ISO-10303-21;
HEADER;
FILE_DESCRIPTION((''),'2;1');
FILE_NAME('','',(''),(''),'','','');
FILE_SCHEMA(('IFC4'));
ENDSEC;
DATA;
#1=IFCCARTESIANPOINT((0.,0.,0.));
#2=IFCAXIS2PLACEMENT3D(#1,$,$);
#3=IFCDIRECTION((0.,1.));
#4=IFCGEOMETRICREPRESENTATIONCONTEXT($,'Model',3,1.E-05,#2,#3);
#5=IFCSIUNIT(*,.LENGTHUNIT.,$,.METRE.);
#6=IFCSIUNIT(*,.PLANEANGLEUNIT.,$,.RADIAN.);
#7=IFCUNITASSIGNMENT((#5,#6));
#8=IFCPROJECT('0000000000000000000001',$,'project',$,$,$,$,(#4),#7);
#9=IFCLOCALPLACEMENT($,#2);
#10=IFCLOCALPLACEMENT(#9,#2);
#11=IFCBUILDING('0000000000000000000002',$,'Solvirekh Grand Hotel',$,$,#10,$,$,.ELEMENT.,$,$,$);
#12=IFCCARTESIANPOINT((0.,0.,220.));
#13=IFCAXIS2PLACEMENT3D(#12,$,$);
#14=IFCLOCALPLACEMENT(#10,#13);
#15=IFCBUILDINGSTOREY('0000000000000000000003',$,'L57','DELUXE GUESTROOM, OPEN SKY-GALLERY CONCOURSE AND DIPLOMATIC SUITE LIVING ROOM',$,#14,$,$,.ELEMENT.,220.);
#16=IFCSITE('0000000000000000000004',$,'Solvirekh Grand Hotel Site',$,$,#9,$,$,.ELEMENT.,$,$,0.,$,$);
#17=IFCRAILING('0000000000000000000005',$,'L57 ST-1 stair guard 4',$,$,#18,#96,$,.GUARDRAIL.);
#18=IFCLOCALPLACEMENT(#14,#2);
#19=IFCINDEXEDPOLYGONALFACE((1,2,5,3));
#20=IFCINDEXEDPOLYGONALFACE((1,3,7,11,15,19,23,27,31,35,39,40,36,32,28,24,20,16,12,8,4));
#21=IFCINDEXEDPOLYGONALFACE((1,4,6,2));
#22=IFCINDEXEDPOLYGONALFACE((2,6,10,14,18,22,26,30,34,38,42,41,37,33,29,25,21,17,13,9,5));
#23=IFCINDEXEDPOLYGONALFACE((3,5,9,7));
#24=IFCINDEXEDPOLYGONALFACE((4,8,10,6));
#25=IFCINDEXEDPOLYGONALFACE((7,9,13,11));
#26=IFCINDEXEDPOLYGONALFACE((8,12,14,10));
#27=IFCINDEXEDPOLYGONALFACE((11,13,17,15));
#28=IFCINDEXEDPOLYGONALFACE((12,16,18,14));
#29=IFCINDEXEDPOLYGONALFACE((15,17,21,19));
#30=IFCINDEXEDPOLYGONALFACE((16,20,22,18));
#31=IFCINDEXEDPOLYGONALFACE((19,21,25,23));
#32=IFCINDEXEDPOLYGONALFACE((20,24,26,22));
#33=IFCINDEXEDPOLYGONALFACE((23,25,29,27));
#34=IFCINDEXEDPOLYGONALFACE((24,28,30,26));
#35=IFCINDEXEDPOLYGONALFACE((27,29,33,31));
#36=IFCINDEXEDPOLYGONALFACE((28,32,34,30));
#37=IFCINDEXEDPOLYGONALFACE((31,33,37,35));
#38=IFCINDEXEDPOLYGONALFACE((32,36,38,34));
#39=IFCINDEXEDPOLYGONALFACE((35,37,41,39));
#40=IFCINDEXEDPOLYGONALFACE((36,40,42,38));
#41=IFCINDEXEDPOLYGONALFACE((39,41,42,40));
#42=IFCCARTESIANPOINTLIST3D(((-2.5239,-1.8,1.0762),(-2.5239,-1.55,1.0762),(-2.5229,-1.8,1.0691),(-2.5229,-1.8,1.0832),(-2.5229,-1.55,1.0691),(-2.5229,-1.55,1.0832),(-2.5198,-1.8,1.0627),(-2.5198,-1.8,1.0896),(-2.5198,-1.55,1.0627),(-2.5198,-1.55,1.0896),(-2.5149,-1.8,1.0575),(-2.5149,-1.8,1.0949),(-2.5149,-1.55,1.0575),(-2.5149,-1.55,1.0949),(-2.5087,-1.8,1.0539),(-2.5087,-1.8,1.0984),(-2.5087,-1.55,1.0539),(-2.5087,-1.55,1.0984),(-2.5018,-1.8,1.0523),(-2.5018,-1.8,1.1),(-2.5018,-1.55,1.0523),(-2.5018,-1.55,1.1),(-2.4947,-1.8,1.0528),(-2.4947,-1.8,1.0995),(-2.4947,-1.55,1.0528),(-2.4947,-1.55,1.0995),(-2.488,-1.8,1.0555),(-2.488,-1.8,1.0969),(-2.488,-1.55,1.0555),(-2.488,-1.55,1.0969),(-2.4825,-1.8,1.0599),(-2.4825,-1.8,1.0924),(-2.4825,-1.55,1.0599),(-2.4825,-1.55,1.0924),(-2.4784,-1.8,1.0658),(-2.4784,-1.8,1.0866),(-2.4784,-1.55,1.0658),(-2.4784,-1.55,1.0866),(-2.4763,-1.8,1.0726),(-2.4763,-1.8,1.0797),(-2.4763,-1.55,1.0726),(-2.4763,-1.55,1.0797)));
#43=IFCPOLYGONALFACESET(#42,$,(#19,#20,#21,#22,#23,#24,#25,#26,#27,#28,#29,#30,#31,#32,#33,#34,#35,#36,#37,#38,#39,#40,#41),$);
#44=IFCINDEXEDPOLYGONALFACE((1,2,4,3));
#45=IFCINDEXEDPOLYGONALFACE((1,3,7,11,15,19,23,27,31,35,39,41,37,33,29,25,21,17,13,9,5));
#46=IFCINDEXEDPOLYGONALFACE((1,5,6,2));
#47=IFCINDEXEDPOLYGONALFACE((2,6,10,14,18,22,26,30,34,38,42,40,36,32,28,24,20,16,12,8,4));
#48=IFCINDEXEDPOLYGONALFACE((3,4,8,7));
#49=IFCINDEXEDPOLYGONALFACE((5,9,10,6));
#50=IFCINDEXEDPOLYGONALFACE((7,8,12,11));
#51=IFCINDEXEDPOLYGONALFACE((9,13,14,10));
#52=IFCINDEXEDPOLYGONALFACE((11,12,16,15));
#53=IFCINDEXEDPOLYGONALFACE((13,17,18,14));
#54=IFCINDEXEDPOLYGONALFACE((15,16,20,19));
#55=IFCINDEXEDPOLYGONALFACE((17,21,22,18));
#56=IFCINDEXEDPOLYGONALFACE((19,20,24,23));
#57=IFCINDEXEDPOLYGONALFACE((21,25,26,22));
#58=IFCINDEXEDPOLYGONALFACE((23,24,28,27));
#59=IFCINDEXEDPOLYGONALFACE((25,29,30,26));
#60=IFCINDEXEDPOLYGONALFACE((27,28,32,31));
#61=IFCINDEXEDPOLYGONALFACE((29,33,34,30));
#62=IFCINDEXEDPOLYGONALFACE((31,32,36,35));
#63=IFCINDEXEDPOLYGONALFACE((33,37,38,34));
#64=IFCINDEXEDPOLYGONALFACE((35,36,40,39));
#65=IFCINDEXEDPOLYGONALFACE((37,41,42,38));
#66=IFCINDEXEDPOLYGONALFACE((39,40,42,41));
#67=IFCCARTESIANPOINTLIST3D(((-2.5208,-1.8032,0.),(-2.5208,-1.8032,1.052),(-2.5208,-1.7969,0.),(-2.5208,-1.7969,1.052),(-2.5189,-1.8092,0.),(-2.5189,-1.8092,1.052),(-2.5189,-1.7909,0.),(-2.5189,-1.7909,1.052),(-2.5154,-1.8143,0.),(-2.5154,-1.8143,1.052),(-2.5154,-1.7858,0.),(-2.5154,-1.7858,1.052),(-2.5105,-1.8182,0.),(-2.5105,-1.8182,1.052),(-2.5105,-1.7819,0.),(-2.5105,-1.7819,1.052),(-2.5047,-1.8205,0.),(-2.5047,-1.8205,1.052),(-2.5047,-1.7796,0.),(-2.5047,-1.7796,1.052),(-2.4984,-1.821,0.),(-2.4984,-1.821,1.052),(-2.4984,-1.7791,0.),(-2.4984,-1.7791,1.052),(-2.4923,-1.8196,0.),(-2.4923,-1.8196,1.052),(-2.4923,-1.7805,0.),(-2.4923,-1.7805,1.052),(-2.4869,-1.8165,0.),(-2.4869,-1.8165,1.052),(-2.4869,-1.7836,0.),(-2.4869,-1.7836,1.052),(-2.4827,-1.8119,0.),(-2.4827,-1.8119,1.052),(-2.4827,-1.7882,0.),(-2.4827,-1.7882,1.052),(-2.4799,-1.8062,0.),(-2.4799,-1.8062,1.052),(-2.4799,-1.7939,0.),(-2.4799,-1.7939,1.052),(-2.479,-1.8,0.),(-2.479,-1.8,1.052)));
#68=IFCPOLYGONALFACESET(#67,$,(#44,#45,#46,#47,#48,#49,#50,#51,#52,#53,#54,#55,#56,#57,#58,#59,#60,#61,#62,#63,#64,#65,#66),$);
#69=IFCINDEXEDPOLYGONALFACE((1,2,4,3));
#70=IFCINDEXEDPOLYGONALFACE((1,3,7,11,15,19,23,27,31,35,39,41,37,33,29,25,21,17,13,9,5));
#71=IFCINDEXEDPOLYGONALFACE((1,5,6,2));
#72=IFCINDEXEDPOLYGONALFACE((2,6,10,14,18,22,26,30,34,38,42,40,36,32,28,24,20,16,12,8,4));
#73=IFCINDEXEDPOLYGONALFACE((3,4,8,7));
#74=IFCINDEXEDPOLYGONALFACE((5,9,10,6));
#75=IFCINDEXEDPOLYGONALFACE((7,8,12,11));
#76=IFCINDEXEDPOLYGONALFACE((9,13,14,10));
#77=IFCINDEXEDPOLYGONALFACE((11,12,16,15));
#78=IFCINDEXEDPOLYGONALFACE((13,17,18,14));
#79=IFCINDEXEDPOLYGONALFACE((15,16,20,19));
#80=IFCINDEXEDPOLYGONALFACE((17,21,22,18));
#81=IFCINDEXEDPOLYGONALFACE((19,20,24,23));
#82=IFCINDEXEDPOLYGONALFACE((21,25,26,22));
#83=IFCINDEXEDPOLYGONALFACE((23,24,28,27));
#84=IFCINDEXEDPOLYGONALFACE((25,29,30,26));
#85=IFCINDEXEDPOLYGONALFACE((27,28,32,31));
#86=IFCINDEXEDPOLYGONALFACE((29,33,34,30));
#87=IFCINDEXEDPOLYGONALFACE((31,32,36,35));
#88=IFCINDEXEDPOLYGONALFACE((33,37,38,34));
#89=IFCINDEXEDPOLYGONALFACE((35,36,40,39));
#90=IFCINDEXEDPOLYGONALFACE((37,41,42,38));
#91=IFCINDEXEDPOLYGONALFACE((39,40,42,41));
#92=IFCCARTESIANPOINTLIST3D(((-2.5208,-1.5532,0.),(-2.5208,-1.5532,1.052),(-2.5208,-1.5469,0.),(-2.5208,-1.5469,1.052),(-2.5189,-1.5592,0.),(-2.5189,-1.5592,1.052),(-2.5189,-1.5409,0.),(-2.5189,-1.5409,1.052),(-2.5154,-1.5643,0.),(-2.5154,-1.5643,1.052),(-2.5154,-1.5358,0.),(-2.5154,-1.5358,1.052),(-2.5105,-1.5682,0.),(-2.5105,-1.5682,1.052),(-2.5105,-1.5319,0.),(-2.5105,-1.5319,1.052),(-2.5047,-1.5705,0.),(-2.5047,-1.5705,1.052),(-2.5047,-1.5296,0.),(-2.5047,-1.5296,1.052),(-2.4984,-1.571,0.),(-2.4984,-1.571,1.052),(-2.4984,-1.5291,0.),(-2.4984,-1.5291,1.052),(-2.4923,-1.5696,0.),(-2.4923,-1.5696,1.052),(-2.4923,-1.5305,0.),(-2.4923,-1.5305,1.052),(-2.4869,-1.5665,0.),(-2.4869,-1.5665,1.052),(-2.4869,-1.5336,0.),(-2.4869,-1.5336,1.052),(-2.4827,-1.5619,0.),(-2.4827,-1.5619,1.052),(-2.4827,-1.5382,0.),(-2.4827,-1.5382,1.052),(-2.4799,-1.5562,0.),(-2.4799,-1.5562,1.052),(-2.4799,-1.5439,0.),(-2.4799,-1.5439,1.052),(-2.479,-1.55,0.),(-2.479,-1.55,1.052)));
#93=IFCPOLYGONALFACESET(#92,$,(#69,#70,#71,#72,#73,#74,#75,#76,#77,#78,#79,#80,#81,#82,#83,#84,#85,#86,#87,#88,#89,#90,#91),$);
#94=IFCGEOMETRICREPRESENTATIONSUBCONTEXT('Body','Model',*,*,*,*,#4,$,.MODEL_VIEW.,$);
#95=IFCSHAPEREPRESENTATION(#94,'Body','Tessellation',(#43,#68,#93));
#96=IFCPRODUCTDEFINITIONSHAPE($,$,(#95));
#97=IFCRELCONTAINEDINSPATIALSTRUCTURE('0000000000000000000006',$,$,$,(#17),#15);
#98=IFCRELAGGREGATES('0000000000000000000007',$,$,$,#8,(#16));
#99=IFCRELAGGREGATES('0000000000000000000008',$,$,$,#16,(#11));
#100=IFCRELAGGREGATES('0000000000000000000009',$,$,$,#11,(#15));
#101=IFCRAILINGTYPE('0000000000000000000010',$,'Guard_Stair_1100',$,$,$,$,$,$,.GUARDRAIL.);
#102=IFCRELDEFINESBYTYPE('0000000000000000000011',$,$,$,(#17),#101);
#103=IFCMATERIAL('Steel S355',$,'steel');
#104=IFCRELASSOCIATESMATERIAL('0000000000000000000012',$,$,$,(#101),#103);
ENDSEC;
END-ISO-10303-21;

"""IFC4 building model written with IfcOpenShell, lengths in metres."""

from ifc_helpers import new_model, si_unit, direction, frame, origin, origin_2d, place, context, subcontext, project, spatial, circle, extrude, material, type_object, element, save


model = new_model("IFC4")

# Units and contexts
model_context = context("Model", 3, precision=1e-05, world=origin(), true_north=direction((0.0, 1.0)))
body_context = subcontext(model_context, "Body", "Model", "MODEL_VIEW")
ifc_project = project(units=[si_unit("LENGTHUNIT", "METRE"), si_unit("PLANEANGLEUNIT", "RADIAN")], contexts=[model_context])

# Site, building, storey
site_placement = place(None, origin())
site = spatial("IfcSite", under=ifc_project, at=site_placement, Name="Solvirekh Grand Hotel Site", CompositionType="ELEMENT", RefElevation=0.0)
building_placement = place(site_placement, origin())
building = spatial("IfcBuilding", under=site, at=building_placement, Name="Solvirekh Grand Hotel", CompositionType="ELEMENT")
storey_placement = place(building_placement, frame((0.0, 0.0, 220.0)))
storey = spatial("IfcBuildingStorey", under=building, at=storey_placement, Name="L57", Description="DELUXE GUESTROOM, OPEN SKY-GALLERY CONCOURSE AND DIPLOMATIC SUITE LIVING ROOM", CompositionType="ELEMENT", Elevation=220.0)

# Shared definitions
ifc_material_1 = material(Name="Steel S355", Category="steel")

# Railing
railing_type_1 = type_object("IfcRailingType", Name="Guard_Stair_1100", PredefinedType="GUARDRAIL", material=ifc_material_1)
railing_1_placement = place(storey_placement, frame((-2.5, -1.8, 0.0)))
element("IfcRailing", 1, at=railing_1_placement, inside=storey, type_object=railing_type_1, Name="L57 ST-1 stair guard 4", PredefinedType="GUARDRAIL", context=body_context, shape_type="SweptSolid", body=[
    extrude(circle(Radius=0.0239, at=origin_2d()), frame((0.0, 0.0, 1.0762), z_axis=(0.0, 1.0, 0.0), x_axis=(-1.0, 0.0, 0.0)), (0.0, 0.0, 1.0), 0.25),
    extrude(circle(Radius=0.021, at=origin_2d()), origin(), (0.0, 0.0, 1.0), 1.052),
    extrude(circle(Radius=0.021, at=origin_2d()), frame((0.0, 0.25, 0.0)), (0.0, 0.0, 1.0), 1.052),
])

save(model, "model.ifc")
